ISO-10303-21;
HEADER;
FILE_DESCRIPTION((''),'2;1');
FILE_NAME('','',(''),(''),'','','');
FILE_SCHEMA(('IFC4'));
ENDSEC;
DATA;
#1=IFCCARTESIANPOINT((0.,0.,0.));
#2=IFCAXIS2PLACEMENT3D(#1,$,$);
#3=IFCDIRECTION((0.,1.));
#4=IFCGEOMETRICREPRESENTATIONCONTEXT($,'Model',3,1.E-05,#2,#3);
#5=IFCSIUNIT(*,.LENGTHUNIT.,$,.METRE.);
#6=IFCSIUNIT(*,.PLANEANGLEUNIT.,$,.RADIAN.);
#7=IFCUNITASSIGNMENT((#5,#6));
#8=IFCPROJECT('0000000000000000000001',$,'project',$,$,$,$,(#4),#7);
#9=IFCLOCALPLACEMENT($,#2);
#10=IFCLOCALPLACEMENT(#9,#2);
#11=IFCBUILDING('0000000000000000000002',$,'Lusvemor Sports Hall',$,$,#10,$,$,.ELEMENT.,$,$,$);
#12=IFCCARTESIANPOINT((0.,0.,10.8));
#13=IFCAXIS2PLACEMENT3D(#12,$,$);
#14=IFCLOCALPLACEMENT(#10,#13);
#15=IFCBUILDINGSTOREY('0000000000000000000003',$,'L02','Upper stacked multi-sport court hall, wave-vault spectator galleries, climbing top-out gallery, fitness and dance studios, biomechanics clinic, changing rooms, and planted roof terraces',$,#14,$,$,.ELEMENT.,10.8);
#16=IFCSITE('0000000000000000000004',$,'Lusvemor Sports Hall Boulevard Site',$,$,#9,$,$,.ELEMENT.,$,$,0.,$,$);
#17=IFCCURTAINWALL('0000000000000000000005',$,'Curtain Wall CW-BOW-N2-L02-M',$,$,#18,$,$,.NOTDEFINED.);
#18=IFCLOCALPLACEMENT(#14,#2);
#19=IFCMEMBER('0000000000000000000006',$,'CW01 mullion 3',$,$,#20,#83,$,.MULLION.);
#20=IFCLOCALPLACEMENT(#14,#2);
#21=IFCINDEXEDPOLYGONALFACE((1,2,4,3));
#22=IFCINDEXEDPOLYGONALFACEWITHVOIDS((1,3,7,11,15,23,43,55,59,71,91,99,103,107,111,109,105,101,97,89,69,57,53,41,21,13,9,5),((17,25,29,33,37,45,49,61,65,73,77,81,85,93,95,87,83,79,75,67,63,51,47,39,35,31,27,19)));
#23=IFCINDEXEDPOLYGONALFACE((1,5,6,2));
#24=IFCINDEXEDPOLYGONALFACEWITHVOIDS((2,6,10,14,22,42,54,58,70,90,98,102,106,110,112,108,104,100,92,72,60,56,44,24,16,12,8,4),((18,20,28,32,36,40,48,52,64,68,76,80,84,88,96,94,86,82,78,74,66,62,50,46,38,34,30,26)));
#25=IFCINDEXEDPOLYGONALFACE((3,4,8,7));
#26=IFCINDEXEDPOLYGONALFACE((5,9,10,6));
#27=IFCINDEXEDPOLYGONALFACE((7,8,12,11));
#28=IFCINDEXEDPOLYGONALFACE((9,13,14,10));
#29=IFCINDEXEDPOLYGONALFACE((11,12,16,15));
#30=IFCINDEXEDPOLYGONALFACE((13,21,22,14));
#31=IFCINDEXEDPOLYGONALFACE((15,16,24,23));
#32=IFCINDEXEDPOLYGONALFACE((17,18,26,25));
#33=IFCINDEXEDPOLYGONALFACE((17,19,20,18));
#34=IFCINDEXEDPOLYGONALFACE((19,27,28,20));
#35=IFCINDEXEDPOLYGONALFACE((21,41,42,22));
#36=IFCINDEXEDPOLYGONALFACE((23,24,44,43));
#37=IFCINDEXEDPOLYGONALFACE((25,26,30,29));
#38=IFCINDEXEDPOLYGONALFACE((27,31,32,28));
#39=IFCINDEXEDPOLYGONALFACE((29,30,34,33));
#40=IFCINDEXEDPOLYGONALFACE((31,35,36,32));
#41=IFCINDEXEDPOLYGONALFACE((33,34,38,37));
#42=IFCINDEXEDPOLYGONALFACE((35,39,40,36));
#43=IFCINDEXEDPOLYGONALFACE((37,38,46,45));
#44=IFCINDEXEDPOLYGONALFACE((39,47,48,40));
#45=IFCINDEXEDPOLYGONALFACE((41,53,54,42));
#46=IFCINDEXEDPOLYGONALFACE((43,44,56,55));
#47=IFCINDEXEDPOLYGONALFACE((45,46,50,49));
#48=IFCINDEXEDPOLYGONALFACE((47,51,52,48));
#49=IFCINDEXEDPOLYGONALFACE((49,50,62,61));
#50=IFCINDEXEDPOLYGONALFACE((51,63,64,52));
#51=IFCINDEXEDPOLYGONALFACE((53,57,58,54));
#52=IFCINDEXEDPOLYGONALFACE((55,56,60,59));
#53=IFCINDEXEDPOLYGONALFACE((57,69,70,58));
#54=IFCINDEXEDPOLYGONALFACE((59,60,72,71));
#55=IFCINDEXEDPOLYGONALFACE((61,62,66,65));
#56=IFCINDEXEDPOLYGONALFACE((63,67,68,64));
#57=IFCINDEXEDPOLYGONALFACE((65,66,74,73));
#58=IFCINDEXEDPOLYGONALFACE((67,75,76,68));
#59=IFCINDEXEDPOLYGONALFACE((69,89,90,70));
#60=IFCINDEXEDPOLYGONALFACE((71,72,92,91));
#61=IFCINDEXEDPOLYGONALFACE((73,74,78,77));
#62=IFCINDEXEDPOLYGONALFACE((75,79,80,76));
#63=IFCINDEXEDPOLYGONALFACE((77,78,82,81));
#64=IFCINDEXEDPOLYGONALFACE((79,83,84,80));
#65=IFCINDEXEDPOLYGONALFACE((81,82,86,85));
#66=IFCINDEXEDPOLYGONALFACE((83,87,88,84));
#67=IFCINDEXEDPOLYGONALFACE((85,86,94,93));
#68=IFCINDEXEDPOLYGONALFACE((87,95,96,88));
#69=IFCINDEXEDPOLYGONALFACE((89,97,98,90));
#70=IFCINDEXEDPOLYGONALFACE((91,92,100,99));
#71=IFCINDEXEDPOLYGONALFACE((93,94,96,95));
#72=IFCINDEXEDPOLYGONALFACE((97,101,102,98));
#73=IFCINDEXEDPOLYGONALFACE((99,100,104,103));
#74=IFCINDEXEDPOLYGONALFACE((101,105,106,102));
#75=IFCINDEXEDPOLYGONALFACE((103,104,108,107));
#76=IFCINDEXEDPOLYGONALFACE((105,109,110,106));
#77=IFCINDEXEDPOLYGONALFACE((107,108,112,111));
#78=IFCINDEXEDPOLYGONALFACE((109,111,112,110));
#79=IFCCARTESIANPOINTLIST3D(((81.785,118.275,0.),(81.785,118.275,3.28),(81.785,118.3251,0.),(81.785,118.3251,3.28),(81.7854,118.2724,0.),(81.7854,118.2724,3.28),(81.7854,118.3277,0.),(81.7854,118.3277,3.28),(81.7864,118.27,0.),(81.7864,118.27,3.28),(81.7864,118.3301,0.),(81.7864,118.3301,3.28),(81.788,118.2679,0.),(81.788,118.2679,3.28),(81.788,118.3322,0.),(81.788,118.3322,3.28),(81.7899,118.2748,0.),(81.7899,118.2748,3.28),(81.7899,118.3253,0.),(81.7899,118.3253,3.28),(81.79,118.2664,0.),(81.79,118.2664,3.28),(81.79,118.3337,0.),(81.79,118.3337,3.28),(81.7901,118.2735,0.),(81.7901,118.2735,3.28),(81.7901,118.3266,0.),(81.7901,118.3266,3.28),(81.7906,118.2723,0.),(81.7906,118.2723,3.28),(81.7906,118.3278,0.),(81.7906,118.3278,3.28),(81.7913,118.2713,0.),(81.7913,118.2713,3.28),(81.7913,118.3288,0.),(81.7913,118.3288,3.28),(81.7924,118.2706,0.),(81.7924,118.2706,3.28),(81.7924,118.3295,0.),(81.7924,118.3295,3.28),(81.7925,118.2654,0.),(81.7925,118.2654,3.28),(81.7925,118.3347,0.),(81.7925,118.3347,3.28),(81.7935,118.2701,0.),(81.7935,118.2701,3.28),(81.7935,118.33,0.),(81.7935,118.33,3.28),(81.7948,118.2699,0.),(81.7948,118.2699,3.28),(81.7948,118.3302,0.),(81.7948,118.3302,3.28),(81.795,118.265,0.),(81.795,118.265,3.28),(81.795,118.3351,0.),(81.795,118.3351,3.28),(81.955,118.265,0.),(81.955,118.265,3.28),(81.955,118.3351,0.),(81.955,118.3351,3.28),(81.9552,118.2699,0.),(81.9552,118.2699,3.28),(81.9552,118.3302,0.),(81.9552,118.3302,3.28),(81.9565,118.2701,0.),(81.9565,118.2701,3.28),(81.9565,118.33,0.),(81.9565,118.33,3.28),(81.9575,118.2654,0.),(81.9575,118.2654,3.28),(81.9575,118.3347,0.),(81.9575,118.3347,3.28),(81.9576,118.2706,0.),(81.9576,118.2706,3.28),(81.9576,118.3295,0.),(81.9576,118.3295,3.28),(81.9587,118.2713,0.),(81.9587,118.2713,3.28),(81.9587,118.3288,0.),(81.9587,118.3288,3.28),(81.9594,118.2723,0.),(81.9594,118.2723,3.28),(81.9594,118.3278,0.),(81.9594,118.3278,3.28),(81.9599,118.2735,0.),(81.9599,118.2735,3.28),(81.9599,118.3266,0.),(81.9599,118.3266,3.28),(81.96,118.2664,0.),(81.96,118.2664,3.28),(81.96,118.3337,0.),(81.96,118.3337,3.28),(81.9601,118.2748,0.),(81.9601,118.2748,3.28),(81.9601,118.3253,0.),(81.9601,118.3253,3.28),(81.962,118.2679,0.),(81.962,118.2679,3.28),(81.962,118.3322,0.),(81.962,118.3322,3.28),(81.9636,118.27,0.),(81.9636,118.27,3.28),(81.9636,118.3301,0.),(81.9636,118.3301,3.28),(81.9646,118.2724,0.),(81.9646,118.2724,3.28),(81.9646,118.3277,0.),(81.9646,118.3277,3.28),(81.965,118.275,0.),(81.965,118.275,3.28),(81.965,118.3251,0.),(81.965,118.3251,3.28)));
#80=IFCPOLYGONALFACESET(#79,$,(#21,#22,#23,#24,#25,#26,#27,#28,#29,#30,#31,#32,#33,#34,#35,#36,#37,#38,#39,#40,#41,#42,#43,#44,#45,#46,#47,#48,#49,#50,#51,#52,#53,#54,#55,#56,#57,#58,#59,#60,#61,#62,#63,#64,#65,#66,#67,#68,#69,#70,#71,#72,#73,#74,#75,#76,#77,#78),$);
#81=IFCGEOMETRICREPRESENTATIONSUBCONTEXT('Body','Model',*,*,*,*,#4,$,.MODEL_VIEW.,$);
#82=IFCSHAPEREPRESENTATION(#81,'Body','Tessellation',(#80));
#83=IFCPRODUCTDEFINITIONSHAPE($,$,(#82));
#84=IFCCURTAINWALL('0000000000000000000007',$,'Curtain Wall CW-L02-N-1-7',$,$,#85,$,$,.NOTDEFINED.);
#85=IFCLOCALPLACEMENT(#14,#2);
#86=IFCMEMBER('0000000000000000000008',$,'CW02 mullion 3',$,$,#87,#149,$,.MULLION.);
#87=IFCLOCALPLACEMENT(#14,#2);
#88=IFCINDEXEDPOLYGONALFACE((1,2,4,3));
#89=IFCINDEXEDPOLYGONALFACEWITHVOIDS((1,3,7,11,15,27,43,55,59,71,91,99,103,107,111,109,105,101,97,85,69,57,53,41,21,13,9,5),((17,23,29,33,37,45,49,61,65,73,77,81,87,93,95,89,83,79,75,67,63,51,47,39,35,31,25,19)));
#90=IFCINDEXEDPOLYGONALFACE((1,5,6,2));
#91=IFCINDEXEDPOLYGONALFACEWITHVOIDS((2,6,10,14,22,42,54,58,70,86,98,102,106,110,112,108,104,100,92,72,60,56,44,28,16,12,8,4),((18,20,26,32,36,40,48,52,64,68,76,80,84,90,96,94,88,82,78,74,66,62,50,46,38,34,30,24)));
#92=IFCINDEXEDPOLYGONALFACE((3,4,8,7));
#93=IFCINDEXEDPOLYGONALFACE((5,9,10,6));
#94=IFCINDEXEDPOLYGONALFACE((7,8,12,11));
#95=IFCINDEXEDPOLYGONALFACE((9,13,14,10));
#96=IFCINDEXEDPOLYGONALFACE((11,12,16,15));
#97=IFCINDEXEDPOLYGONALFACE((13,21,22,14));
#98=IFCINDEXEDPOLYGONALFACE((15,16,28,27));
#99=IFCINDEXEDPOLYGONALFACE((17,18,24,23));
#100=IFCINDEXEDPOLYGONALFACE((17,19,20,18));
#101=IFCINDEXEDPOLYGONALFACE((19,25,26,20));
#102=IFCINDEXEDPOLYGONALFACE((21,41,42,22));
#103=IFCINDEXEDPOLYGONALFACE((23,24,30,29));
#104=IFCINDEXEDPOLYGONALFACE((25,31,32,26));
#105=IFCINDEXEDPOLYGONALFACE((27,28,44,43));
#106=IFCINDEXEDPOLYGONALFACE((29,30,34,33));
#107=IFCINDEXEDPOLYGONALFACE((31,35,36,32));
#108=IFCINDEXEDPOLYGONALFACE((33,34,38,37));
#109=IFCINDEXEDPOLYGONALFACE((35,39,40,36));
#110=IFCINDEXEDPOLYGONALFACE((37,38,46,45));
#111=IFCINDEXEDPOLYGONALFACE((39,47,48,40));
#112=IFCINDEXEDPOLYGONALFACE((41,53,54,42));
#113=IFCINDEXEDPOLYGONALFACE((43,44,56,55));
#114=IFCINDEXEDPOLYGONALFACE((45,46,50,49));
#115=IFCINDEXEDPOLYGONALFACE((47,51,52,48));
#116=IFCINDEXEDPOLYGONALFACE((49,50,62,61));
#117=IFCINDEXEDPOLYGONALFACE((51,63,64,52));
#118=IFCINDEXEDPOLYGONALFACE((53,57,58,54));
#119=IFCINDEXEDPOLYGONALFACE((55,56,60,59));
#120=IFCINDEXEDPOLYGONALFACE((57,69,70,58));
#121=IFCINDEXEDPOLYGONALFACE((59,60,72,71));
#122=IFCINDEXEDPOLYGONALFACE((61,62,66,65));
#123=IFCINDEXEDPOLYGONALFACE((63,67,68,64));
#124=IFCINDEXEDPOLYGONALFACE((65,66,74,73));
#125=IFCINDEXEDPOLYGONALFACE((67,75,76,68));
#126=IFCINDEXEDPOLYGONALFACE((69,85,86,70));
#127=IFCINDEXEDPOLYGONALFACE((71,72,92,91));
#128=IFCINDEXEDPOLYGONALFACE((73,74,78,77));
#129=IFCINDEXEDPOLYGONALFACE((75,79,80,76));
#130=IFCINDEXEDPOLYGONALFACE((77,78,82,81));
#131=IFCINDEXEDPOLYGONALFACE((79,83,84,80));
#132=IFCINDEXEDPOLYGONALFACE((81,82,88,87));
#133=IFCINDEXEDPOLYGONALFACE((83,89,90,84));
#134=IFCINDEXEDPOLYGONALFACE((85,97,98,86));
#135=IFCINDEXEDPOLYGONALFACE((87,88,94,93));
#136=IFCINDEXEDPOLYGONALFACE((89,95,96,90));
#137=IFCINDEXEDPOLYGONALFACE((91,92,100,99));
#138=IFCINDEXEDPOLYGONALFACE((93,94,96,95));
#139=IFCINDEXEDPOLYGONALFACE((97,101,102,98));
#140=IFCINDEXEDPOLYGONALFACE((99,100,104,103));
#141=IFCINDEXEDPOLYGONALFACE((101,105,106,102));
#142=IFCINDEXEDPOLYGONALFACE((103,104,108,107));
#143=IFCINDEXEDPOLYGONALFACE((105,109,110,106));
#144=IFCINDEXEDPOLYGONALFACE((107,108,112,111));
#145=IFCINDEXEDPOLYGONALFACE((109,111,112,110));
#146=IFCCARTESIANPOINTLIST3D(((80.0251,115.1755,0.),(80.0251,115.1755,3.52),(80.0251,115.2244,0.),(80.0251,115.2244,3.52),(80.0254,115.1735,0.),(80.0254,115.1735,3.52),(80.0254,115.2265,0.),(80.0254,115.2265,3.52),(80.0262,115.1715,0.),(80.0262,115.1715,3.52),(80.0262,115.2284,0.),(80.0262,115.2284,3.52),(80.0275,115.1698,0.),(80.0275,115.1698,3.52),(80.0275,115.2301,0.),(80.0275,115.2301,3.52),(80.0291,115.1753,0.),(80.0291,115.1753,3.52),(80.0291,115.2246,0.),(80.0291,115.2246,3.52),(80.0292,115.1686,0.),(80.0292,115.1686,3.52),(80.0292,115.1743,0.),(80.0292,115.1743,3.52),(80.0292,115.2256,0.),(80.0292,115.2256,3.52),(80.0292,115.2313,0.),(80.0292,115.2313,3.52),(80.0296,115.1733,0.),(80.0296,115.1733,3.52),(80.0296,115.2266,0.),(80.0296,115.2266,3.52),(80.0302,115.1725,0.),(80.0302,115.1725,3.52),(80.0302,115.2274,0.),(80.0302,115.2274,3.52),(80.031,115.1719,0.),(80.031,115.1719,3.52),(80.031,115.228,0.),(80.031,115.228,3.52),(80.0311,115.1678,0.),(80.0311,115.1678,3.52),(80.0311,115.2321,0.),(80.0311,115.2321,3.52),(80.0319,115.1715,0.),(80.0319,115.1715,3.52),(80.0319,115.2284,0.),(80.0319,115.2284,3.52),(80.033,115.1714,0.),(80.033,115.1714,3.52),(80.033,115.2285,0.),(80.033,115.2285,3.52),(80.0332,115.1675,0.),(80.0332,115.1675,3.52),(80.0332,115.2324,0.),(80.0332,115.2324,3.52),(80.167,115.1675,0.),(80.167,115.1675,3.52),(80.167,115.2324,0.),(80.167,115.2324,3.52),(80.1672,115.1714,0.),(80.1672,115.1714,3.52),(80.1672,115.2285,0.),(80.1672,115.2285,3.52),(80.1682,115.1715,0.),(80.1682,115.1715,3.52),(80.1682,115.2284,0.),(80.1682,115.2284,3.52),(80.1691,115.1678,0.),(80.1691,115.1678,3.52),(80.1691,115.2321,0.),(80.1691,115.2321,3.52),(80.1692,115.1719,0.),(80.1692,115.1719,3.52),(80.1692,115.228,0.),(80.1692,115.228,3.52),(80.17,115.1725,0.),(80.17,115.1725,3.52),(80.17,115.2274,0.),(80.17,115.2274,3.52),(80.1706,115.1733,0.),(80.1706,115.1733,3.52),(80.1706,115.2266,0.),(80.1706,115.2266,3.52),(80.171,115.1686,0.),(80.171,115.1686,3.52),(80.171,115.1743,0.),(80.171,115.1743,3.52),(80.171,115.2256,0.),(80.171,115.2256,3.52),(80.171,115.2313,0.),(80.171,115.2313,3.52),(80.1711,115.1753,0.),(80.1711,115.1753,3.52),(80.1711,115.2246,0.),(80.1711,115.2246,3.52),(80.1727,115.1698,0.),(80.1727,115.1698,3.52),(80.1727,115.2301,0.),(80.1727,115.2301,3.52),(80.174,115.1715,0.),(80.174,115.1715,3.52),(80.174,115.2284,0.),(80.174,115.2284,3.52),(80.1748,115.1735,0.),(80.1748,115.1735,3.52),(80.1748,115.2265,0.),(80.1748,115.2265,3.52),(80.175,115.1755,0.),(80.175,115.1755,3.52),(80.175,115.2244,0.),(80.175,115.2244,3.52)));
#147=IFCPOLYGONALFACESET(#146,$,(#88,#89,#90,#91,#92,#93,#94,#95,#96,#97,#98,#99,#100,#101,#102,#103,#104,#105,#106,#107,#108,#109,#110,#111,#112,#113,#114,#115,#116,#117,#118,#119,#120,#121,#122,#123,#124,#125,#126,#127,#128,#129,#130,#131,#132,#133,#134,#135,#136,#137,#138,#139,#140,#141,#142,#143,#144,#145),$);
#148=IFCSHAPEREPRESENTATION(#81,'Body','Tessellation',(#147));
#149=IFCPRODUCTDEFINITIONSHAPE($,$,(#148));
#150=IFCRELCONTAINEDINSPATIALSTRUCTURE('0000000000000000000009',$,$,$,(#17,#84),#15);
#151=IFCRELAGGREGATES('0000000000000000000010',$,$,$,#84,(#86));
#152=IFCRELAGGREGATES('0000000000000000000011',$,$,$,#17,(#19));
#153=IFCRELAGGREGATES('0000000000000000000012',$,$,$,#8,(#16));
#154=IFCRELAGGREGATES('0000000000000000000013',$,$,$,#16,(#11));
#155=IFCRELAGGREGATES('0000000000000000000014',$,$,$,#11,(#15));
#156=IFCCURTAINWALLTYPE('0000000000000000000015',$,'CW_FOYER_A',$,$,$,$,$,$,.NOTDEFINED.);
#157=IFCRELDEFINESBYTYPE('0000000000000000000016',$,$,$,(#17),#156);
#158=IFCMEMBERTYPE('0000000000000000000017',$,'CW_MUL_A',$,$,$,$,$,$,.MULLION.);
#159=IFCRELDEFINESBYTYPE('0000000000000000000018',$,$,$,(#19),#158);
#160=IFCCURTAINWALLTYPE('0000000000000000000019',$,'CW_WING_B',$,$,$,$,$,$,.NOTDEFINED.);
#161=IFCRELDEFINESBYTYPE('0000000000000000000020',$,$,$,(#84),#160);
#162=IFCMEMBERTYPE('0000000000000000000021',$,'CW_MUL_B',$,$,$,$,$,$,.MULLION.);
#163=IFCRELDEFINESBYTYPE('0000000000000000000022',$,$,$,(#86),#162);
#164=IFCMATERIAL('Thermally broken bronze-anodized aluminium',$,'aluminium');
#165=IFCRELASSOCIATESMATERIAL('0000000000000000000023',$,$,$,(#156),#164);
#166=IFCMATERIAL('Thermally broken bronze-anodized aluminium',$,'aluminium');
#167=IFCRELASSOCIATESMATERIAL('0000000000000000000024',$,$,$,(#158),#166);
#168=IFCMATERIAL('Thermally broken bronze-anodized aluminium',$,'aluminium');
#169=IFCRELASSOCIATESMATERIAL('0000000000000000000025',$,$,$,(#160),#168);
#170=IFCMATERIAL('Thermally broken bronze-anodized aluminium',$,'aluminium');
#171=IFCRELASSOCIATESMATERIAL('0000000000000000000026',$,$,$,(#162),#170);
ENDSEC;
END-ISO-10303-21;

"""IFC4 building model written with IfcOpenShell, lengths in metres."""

from ifc_helpers import new_model, si_unit, direction, frame, origin, origin_2d, place, context, subcontext, project, spatial, hollow_rectangle, extrude, material, material_profile, profile_set, type_object, element, aggregate, save


model = new_model("IFC4")

# Units and contexts
model_context = context("Model", 3, precision=1e-05, world=origin(), true_north=direction((0.0, 1.0)))
body_context = subcontext(model_context, "Body", "Model", "MODEL_VIEW")
ifc_project = project(units=[si_unit("LENGTHUNIT", "METRE"), si_unit("PLANEANGLEUNIT", "RADIAN")], contexts=[model_context])

# Site, building, storey
site_placement = place(None, origin())
site = spatial("IfcSite", under=ifc_project, at=site_placement, Name="Lusvemor Sports Hall Boulevard Site", CompositionType="ELEMENT", RefElevation=0.0)
building_placement = place(site_placement, origin())
building = spatial("IfcBuilding", under=site, at=building_placement, Name="Lusvemor Sports Hall", CompositionType="ELEMENT")
storey_placement = place(building_placement, frame((0.0, 0.0, 10.8)))
storey = spatial("IfcBuildingStorey", under=building, at=storey_placement, Name="L02", Description="Upper stacked multi-sport court hall, wave-vault spectator galleries, climbing top-out gallery, fitness and dance studios, biomechanics clinic, changing rooms, and planted roof terraces", CompositionType="ELEMENT", Elevation=10.8)

# Curtain wall, member
ifc_material_1 = material(Name="Thermally broken bronze-anodized aluminium", Category="aluminium")
curtain_wall_type_1 = type_object("IfcCurtainWallType", Name="CW_FOYER_A", PredefinedType="NOTDEFINED", material=ifc_material_1)
curtain_wall_1_placement = place(storey_placement, origin())
curtain_wall_1 = element("IfcCurtainWall", 1, at=curtain_wall_1_placement, inside=storey, type_object=curtain_wall_type_1, Name="Curtain Wall CW-BOW-N2-L02-M", PredefinedType="NOTDEFINED")
ifc_material_2 = material(Name="Thermally broken bronze-anodized aluminium", Category="aluminium")
ifc_material_profile_1 = material_profile(ifc_material_2, hollow_rectangle(XDim=0.0701, YDim=0.1799, WallThickness=0.0049, InnerFilletRadius=0.0049, OuterFilletRadius=0.01, at=origin_2d()), Name="CWMUL180x70x5")
ifc_profile_set_1 = profile_set([ifc_material_profile_1], Name="Thermally broken bronze-anodized aluminium")
member_type_1 = type_object("IfcMemberType", Name="CW_MUL_A", PredefinedType="MULLION", material=ifc_profile_set_1)
member_1_placement = place(storey_placement, frame((81.875, 118.3, 0.0), z_axis=(0.0, 0.0, 1.0), x_axis=(0.0, 1.0, 0.0)))
member_1 = element("IfcMember", 2, at=member_1_placement, type_object=member_type_1, Name="CW01 mullion 3", PredefinedType="MULLION", context=body_context, shape_type="SweptSolid", body=[
    extrude(hollow_rectangle(XDim=0.0701, YDim=0.1799, WallThickness=0.0049, InnerFilletRadius=0.0049, OuterFilletRadius=0.01, at=origin_2d()), origin(), (0.0, 0.0, 1.0), 3.28),
])

# Curtain wall, member
ifc_material_3 = material(Name="Thermally broken bronze-anodized aluminium", Category="aluminium")
curtain_wall_type_2 = type_object("IfcCurtainWallType", Name="CW_WING_B", PredefinedType="NOTDEFINED", material=ifc_material_3)
curtain_wall_2_placement = place(storey_placement, origin())
curtain_wall_2 = element("IfcCurtainWall", 3, at=curtain_wall_2_placement, inside=storey, type_object=curtain_wall_type_2, Name="Curtain Wall CW-L02-N-1-7", PredefinedType="NOTDEFINED")
ifc_material_4 = material(Name="Thermally broken bronze-anodized aluminium", Category="aluminium")
ifc_material_profile_2 = material_profile(ifc_material_4, hollow_rectangle(XDim=0.0649, YDim=0.1499, WallThickness=0.0039, InnerFilletRadius=0.0039, OuterFilletRadius=0.0081, at=origin_2d()), Name="CWMUL150x65x4")
ifc_profile_set_2 = profile_set([ifc_material_profile_2], Name="Thermally broken bronze-anodized aluminium")
member_type_2 = type_object("IfcMemberType", Name="CW_MUL_B", PredefinedType="MULLION", material=ifc_profile_set_2)
member_2_placement = place(storey_placement, frame((80.1001, 115.2, 0.0), z_axis=(0.0, 0.0, 1.0), x_axis=(0.0, 1.0, 0.0)))
member_2 = element("IfcMember", 4, at=member_2_placement, type_object=member_type_2, Name="CW02 mullion 3", PredefinedType="MULLION", context=body_context, shape_type="SweptSolid", body=[
    extrude(hollow_rectangle(XDim=0.0649, YDim=0.1499, WallThickness=0.0039, InnerFilletRadius=0.0039, OuterFilletRadius=0.0081, at=origin_2d()), origin(), (0.0, 0.0, 1.0), 3.52),
])

aggregate(curtain_wall_2, [member_2])
aggregate(curtain_wall_1, [member_1])

save(model, "model.ifc")
